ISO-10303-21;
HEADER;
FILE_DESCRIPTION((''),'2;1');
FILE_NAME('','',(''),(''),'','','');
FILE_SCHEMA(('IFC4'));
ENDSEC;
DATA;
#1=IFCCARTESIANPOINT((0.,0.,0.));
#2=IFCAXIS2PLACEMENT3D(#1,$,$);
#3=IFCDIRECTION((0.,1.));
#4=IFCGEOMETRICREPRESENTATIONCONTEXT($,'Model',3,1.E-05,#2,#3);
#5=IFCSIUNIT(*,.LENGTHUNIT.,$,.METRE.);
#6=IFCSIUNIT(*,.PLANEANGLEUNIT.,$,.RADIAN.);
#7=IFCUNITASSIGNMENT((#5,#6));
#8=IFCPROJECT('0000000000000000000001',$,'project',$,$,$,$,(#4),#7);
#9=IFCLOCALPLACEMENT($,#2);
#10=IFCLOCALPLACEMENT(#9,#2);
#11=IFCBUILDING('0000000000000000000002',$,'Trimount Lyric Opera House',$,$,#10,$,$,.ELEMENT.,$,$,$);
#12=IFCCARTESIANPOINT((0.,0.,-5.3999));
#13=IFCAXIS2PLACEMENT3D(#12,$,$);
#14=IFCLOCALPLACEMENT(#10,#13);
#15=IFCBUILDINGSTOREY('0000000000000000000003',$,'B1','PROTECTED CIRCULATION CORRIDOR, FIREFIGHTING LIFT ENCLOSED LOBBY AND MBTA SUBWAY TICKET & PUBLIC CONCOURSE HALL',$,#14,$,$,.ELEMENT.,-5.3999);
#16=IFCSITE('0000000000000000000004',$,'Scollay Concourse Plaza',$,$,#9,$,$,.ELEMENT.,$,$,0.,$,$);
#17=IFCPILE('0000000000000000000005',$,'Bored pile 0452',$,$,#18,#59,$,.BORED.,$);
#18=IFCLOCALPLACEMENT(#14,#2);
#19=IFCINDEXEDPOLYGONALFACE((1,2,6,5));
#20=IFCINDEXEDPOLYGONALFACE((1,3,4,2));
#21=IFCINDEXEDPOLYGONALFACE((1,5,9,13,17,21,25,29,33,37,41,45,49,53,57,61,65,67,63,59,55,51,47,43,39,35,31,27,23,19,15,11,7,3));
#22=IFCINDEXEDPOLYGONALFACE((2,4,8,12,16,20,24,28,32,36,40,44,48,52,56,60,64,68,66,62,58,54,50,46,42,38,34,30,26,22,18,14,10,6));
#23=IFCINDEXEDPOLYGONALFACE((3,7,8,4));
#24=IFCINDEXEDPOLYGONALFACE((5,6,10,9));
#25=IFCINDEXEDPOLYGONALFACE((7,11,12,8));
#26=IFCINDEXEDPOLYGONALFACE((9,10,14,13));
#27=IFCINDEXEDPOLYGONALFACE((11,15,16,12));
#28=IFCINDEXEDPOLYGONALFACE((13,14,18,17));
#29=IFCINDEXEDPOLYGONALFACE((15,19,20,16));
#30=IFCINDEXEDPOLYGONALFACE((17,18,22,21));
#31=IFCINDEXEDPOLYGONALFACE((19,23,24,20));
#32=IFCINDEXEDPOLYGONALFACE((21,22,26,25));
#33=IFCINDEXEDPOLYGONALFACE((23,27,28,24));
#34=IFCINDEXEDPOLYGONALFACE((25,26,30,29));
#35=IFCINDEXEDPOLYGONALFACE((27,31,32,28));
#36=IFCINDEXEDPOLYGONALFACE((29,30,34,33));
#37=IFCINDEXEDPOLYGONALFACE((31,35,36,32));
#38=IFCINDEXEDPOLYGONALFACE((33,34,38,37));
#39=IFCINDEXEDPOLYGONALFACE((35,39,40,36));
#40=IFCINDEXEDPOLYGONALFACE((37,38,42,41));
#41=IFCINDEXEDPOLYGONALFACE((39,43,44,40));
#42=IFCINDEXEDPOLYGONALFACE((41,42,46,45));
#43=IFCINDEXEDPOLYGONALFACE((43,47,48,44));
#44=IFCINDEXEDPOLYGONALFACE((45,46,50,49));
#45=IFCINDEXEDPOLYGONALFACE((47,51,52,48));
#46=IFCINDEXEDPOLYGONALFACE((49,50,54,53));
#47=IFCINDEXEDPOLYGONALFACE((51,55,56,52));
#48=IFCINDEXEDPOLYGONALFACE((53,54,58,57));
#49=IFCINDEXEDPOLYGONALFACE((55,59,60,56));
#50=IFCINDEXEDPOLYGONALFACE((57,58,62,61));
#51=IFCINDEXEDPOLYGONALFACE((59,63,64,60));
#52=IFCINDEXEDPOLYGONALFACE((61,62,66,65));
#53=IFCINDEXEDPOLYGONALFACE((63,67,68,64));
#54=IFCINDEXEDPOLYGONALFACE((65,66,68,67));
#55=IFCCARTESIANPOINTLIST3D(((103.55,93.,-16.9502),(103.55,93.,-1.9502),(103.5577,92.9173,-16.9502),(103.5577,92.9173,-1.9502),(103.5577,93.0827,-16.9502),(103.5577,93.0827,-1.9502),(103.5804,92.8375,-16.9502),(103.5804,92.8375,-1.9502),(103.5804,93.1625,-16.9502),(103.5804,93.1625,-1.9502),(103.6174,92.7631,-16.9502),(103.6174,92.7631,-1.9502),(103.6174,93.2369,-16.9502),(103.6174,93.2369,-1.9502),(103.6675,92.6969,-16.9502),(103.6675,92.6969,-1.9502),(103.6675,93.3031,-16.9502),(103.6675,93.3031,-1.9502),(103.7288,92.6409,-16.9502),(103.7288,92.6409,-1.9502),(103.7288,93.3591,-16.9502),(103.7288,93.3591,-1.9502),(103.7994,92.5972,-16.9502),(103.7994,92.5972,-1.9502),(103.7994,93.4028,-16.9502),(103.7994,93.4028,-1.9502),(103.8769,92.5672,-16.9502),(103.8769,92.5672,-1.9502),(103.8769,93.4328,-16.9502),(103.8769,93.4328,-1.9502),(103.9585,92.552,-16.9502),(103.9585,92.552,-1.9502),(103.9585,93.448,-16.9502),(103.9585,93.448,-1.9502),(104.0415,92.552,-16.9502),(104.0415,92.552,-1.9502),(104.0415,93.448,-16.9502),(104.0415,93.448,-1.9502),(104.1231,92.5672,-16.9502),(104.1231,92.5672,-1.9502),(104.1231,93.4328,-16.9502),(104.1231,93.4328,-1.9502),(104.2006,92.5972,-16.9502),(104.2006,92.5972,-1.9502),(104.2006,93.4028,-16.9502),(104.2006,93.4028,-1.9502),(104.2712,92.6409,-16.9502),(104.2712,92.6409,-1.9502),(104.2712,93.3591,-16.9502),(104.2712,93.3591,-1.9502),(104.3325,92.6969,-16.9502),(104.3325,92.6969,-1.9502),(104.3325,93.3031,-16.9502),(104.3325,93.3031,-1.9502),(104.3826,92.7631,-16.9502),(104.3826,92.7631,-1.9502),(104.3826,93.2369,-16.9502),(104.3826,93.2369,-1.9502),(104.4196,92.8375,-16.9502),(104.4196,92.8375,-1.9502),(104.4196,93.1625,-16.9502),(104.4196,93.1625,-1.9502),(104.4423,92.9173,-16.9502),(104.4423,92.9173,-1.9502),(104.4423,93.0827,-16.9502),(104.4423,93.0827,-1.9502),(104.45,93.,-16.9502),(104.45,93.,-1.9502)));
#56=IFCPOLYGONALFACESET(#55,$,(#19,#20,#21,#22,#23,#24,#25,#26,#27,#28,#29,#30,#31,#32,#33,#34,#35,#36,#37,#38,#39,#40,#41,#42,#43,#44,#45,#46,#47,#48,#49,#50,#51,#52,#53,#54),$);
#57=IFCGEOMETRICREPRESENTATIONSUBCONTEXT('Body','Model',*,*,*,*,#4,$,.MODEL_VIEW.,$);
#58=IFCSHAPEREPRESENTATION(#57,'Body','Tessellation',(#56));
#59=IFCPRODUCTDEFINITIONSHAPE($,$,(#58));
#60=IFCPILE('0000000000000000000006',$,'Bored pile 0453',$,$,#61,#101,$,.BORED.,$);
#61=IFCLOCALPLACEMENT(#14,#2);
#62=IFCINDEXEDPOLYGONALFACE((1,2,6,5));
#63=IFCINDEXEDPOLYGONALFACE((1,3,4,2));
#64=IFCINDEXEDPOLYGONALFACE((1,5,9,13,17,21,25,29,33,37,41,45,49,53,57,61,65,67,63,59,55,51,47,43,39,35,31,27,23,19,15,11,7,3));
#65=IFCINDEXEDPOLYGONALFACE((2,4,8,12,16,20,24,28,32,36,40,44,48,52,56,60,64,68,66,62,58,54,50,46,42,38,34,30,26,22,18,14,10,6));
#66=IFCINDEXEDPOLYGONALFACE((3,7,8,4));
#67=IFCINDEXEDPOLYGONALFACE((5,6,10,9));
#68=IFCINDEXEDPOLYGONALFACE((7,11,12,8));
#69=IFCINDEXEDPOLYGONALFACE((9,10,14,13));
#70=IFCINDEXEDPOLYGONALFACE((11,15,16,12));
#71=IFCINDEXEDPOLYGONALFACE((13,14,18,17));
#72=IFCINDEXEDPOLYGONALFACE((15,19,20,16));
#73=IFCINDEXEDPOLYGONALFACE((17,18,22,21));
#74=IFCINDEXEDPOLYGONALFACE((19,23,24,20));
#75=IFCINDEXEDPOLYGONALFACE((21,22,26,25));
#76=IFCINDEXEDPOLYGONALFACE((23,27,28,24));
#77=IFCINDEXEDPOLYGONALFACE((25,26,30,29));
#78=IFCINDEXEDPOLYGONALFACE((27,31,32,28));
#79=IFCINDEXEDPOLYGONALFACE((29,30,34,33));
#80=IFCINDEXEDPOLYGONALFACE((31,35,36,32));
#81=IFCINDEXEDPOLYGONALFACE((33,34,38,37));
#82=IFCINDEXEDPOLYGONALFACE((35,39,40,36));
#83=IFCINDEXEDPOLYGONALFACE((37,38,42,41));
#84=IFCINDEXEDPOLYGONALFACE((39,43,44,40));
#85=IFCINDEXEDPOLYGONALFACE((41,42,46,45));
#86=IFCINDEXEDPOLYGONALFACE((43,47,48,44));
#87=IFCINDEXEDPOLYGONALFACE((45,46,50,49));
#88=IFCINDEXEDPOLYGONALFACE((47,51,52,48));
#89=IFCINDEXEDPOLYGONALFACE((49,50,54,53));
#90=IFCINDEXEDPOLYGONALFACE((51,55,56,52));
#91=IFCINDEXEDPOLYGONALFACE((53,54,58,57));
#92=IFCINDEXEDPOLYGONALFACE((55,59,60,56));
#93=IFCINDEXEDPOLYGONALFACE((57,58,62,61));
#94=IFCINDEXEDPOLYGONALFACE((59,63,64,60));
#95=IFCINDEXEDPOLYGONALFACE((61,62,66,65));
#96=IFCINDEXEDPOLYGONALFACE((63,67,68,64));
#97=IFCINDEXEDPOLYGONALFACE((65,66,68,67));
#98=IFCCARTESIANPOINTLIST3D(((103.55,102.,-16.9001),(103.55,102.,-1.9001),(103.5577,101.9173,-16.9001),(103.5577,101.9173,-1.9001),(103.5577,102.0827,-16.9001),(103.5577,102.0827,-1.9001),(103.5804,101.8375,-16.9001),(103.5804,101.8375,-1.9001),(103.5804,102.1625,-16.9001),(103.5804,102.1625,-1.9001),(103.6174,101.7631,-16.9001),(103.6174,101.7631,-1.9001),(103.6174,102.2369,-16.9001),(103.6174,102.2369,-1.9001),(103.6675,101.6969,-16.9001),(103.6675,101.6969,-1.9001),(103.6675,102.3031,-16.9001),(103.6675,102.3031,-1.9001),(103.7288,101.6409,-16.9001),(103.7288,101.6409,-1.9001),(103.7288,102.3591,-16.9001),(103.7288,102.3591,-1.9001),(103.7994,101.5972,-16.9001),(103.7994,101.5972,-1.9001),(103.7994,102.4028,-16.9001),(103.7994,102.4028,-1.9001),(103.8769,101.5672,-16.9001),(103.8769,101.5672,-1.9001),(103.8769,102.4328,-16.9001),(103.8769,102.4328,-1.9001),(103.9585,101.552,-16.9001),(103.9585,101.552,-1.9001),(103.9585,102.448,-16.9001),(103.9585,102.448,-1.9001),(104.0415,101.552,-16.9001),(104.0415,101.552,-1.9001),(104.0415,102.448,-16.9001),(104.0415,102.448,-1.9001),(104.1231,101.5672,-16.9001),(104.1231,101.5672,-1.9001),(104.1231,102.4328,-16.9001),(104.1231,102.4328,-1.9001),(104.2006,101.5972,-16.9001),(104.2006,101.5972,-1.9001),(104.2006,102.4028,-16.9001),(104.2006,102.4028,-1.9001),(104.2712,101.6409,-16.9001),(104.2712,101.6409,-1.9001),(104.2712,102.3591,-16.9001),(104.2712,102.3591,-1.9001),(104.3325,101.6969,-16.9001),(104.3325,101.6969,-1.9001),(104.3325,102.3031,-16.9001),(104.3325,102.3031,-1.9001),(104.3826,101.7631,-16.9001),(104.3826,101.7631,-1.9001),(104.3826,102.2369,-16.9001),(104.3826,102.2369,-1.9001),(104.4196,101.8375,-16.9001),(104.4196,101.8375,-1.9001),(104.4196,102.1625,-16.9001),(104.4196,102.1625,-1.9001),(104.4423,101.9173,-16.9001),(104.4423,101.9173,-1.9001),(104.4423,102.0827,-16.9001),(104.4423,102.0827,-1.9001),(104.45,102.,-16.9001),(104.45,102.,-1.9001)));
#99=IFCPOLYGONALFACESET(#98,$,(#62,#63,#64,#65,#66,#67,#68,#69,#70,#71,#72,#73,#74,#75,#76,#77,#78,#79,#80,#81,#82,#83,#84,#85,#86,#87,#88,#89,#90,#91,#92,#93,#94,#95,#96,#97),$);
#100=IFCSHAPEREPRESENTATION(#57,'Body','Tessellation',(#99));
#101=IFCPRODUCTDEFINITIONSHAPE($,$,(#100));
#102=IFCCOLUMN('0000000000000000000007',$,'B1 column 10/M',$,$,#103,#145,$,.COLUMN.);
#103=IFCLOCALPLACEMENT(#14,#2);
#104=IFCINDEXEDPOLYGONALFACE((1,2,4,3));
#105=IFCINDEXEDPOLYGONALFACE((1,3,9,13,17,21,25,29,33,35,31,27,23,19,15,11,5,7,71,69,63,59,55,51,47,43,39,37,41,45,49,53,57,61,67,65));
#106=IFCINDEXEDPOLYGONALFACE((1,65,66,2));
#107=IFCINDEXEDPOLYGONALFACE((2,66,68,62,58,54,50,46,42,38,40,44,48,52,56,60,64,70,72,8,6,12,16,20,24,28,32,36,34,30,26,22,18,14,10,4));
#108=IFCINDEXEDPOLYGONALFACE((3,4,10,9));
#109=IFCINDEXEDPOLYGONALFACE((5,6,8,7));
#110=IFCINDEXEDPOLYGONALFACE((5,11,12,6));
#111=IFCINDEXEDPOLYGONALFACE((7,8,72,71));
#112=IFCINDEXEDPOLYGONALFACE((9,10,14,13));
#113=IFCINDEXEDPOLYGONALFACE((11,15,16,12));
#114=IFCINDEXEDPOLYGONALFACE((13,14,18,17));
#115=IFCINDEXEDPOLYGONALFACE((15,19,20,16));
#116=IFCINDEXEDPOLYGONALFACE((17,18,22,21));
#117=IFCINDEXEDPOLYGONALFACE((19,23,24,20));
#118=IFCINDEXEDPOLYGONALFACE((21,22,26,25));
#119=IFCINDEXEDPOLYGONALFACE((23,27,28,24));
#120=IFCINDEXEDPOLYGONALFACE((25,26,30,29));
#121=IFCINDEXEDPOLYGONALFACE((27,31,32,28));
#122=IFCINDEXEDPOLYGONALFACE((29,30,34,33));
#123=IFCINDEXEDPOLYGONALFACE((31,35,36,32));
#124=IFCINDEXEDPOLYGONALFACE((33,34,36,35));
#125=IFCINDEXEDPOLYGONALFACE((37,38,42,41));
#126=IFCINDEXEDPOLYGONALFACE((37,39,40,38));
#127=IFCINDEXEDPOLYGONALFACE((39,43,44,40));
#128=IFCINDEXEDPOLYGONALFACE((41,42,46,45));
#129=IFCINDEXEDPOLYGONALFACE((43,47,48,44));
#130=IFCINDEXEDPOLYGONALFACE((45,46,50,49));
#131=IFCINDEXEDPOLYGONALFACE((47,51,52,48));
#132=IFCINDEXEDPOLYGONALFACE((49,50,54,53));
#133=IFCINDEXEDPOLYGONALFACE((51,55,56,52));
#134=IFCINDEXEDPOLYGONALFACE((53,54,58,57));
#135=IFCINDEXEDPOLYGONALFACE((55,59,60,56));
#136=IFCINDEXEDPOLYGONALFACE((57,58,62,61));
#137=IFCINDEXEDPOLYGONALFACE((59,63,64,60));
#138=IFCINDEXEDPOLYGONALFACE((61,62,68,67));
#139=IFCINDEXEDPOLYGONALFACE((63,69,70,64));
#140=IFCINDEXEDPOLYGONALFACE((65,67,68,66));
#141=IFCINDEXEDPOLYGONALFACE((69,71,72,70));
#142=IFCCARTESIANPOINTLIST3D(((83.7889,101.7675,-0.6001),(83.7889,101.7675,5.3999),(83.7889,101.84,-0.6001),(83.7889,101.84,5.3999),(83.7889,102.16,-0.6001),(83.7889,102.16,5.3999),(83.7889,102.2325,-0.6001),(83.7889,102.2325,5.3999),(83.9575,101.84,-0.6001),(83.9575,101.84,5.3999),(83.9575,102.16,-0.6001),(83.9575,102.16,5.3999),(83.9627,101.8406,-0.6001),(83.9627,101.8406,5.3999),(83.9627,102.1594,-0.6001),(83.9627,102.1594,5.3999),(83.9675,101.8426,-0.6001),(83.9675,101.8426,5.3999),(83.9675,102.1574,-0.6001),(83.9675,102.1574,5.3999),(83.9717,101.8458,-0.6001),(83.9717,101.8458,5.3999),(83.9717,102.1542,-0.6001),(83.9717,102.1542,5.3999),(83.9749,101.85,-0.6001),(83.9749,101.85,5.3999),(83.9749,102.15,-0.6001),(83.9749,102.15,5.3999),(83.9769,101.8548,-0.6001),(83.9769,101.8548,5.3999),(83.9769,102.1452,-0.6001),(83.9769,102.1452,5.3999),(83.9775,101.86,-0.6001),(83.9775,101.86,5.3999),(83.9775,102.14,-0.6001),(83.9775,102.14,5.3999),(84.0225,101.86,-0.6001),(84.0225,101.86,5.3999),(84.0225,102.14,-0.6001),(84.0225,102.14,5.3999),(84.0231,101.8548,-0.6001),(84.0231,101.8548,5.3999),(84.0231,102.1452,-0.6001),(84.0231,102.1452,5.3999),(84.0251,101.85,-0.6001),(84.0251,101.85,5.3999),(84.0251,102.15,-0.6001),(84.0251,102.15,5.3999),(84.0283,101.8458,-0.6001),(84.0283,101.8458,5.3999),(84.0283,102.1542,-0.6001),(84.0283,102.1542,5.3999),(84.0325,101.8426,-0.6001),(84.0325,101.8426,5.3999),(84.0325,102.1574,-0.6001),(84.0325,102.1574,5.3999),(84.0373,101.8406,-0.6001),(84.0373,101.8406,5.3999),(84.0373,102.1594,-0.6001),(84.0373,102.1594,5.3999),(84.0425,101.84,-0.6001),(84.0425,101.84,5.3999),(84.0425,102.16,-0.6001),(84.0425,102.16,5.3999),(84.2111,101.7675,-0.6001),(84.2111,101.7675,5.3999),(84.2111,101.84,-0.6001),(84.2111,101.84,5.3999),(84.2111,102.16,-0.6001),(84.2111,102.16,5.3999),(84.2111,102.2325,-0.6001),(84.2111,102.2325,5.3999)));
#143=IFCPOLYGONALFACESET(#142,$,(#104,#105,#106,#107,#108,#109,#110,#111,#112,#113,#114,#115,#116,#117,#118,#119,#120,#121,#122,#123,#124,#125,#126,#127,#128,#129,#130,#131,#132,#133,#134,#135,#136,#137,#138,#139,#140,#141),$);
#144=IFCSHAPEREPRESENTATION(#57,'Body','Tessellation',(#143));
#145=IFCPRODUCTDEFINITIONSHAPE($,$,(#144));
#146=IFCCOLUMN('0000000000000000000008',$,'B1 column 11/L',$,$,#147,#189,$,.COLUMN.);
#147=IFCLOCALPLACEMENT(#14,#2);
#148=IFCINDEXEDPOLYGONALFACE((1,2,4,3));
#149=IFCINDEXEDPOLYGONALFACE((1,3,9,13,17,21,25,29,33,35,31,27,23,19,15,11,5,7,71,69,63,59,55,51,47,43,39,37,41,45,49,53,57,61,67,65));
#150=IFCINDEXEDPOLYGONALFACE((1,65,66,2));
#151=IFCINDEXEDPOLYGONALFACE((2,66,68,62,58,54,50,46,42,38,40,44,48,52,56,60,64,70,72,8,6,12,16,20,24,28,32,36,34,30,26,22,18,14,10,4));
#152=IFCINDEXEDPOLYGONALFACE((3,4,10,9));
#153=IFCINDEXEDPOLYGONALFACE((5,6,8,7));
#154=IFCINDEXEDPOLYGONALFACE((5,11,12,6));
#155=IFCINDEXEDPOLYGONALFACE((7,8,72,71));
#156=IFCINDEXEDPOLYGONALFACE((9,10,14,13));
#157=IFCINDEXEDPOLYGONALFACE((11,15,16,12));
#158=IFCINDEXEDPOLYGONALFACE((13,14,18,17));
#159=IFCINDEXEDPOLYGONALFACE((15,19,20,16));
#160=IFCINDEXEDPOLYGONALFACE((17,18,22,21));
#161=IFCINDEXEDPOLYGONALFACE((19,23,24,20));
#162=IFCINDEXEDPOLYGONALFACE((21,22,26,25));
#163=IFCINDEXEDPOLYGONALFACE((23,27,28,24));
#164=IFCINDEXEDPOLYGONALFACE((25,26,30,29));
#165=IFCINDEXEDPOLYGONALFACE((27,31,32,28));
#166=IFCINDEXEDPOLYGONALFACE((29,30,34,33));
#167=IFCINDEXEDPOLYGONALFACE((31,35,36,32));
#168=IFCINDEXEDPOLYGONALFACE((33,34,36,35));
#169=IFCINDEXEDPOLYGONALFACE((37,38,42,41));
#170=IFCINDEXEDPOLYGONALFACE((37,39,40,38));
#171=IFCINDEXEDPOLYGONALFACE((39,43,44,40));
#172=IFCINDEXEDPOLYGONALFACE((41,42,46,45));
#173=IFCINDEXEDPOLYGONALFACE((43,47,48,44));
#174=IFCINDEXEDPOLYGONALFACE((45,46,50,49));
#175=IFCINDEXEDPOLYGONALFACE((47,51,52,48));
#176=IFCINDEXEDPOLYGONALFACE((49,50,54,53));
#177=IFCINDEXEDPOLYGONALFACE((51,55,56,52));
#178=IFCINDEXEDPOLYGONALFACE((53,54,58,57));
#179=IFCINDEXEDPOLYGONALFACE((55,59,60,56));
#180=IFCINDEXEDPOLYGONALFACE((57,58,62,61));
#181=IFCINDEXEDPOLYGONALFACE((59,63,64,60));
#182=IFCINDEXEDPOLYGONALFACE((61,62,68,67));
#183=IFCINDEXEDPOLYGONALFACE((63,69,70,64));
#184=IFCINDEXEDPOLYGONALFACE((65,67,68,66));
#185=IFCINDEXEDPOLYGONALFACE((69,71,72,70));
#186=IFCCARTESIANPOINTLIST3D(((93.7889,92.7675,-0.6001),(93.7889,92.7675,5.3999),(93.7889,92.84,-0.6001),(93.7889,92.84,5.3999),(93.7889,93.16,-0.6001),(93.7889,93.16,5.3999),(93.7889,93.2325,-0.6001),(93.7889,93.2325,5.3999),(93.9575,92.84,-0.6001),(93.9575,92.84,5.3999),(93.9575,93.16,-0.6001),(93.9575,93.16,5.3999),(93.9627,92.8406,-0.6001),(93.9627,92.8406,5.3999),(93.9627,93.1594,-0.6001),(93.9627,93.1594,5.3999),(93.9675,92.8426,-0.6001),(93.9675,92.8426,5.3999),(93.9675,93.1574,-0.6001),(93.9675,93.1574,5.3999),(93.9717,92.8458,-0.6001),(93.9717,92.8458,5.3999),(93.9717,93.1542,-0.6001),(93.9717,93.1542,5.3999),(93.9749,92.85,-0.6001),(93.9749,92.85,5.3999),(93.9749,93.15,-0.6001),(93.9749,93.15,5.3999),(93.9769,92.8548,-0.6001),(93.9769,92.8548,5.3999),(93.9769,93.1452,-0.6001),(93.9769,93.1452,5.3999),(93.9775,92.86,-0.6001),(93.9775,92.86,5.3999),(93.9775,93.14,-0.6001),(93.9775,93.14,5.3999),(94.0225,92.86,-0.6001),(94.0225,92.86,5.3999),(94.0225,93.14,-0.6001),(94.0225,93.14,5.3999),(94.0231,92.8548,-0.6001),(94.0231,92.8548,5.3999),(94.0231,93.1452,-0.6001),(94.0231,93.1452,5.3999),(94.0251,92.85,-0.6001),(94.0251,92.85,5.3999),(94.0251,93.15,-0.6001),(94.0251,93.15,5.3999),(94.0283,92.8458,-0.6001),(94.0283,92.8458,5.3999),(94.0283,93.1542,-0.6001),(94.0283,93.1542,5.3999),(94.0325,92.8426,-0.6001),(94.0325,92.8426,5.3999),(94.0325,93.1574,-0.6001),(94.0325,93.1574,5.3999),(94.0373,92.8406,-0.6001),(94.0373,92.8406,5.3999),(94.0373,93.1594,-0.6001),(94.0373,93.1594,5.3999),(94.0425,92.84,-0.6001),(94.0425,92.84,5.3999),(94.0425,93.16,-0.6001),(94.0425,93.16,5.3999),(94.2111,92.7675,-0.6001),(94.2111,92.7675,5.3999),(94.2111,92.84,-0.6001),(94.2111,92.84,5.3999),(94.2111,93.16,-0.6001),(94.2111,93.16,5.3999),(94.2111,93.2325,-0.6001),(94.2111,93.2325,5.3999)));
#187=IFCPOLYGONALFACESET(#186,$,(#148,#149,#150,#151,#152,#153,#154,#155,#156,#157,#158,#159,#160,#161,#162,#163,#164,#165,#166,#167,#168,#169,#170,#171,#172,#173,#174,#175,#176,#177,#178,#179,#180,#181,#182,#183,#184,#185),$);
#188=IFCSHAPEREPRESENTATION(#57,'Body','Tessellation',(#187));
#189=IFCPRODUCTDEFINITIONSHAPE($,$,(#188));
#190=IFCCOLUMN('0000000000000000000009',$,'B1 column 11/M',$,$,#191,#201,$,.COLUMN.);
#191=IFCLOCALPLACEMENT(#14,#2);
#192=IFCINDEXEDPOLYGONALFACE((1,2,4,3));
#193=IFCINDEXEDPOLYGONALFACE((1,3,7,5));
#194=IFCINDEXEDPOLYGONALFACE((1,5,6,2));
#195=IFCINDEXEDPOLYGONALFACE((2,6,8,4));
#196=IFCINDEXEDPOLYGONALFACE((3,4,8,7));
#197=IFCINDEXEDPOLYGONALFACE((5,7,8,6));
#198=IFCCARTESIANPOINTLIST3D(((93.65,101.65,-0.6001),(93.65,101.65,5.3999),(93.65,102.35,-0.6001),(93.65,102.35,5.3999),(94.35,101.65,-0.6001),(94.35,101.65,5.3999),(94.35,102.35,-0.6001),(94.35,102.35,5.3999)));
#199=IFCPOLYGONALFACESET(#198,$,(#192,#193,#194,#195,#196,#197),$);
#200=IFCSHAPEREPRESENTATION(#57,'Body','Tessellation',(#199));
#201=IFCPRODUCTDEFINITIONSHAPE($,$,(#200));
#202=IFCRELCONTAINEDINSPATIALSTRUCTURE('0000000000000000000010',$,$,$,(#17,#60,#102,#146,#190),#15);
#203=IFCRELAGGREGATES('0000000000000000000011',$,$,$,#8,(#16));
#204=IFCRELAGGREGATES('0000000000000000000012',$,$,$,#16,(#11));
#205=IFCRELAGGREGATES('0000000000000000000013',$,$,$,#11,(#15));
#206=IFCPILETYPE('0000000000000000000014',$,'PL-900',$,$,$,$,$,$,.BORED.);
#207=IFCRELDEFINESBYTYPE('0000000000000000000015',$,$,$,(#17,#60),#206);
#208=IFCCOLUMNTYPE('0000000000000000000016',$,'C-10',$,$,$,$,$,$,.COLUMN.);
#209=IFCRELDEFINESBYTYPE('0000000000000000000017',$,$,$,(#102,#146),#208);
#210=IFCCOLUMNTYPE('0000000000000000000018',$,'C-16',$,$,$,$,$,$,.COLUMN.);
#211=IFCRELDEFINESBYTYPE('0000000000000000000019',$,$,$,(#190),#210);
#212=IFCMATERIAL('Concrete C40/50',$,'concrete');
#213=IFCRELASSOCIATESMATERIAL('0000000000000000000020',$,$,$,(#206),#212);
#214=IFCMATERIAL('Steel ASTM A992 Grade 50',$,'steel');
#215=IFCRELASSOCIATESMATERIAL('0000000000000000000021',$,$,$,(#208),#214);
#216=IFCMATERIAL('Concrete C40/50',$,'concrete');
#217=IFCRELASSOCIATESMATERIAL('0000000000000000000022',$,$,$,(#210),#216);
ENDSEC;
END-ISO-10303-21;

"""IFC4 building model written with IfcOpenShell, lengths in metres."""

from ifc_helpers import new_model, si_unit, direction, frame, origin, origin_2d, place, context, subcontext, project, spatial, rectangle, circle, i_section, extrude, material, material_profile, profile_set, type_object, element, save


model = new_model("IFC4")

# Units and contexts
model_context = context("Model", 3, precision=1e-05, world=origin(), true_north=direction((0.0, 1.0)))
body_context = subcontext(model_context, "Body", "Model", "MODEL_VIEW")
ifc_project = project(units=[si_unit("LENGTHUNIT", "METRE"), si_unit("PLANEANGLEUNIT", "RADIAN")], contexts=[model_context])

# Site, building, storey
site_placement = place(None, origin())
site = spatial("IfcSite", under=ifc_project, at=site_placement, Name="Scollay Concourse Plaza", CompositionType="ELEMENT", RefElevation=0.0)
building_placement = place(site_placement, origin())
building = spatial("IfcBuilding", under=site, at=building_placement, Name="Trimount Lyric Opera House", CompositionType="ELEMENT")
storey_placement = place(building_placement, frame((0.0, 0.0, -5.3999)))
storey = spatial("IfcBuildingStorey", under=building, at=storey_placement, Name="B1", Description="PROTECTED CIRCULATION CORRIDOR, FIREFIGHTING LIFT ENCLOSED LOBBY AND MBTA SUBWAY TICKET & PUBLIC CONCOURSE HALL", CompositionType="ELEMENT", Elevation=-5.3999)

# Piles
ifc_material_1 = material(Name="Concrete C40/50", Category="concrete")
ifc_material_profile_1 = material_profile(ifc_material_1, circle(Radius=0.45, at=origin_2d()), Name="PILE-D900")
ifc_profile_set_1 = profile_set([ifc_material_profile_1], Name="Concrete C40/50")
pile_type_1 = type_object("IfcPileType", Name="PL-900", PredefinedType="BORED", material=ifc_profile_set_1)
for number, where, z_axis, x_axis, name in (
    (1, (104.0, 93.0, -1.9502), (0.0, 0.0, -1.0), (1.0, 0.0, 0.0), "Bored pile 0452"),
    (2, (104.0, 102.0, -1.9001), (0.0, 0.0, -1.0), (1.0, 0.0, 0.0), "Bored pile 0453"),
):
    element("IfcPile", number, at=place(storey_placement, frame(where, z_axis=z_axis, x_axis=x_axis)), inside=storey, type_object=pile_type_1, Name=name, PredefinedType="BORED", context=body_context, shape_type="SweptSolid", body=[
        extrude(circle(Radius=0.45, at=origin_2d()), origin(), (0.0, 0.0, 1.0), 15.0),
    ])

# Columns
ifc_material_2 = material(Name="Steel ASTM A992 Grade 50", Category="steel")
ifc_material_profile_2 = material_profile(ifc_material_2, i_section(OverallWidth=0.4221, OverallDepth=0.4651, WebThickness=0.0449, FlangeThickness=0.0725, FilletRadius=0.02, at=origin_2d()), Name="W14X398")
ifc_profile_set_2 = profile_set([ifc_material_profile_2], Name="Steel ASTM A992 Grade 50")
column_type_1 = type_object("IfcColumnType", Name="C-10", PredefinedType="COLUMN", material=ifc_profile_set_2)
for number, where, z_axis, x_axis, name in (
    (3, (84.0, 102.0, -0.6001), (0.0, 0.0, 1.0), (1.0, 0.0, 0.0), "B1 column 10/M"),
    (4, (94.0, 93.0, -0.6001), (0.0, 0.0, 1.0), (1.0, 0.0, 0.0), "B1 column 11/L"),
):
    element("IfcColumn", number, at=place(storey_placement, frame(where, z_axis=z_axis, x_axis=x_axis)), inside=storey, type_object=column_type_1, Name=name, PredefinedType="COLUMN", context=body_context, shape_type="SweptSolid", body=[
        extrude(i_section(OverallWidth=0.4221, OverallDepth=0.4651, WebThickness=0.0449, FlangeThickness=0.0725, FilletRadius=0.02, at=origin_2d()), origin(), (0.0, 0.0, 1.0), 6.0),
    ])
ifc_material_3 = material(Name="Concrete C40/50", Category="concrete")
ifc_material_profile_3 = material_profile(ifc_material_3, rectangle(XDim=0.7, YDim=0.7, at=origin_2d()), Name="RC700X700")
ifc_profile_set_3 = profile_set([ifc_material_profile_3], Name="Concrete C40/50")
column_type_2 = type_object("IfcColumnType", Name="C-16", PredefinedType="COLUMN", material=ifc_profile_set_3)
for number, where, z_axis, x_axis, name in (
    (5, (94.0, 102.0, -0.6001), (0.0, 0.0, 1.0), (1.0, 0.0, 0.0), "B1 column 11/M"),
):
    element("IfcColumn", number, at=place(storey_placement, frame(where, z_axis=z_axis, x_axis=x_axis)), inside=storey, type_object=column_type_2, Name=name, PredefinedType="COLUMN", context=body_context, shape_type="SweptSolid", body=[
        extrude(rectangle(XDim=0.7, YDim=0.7, at=origin_2d()), origin(), (0.0, 0.0, 1.0), 6.0),
    ])

save(model, "model.ifc")
